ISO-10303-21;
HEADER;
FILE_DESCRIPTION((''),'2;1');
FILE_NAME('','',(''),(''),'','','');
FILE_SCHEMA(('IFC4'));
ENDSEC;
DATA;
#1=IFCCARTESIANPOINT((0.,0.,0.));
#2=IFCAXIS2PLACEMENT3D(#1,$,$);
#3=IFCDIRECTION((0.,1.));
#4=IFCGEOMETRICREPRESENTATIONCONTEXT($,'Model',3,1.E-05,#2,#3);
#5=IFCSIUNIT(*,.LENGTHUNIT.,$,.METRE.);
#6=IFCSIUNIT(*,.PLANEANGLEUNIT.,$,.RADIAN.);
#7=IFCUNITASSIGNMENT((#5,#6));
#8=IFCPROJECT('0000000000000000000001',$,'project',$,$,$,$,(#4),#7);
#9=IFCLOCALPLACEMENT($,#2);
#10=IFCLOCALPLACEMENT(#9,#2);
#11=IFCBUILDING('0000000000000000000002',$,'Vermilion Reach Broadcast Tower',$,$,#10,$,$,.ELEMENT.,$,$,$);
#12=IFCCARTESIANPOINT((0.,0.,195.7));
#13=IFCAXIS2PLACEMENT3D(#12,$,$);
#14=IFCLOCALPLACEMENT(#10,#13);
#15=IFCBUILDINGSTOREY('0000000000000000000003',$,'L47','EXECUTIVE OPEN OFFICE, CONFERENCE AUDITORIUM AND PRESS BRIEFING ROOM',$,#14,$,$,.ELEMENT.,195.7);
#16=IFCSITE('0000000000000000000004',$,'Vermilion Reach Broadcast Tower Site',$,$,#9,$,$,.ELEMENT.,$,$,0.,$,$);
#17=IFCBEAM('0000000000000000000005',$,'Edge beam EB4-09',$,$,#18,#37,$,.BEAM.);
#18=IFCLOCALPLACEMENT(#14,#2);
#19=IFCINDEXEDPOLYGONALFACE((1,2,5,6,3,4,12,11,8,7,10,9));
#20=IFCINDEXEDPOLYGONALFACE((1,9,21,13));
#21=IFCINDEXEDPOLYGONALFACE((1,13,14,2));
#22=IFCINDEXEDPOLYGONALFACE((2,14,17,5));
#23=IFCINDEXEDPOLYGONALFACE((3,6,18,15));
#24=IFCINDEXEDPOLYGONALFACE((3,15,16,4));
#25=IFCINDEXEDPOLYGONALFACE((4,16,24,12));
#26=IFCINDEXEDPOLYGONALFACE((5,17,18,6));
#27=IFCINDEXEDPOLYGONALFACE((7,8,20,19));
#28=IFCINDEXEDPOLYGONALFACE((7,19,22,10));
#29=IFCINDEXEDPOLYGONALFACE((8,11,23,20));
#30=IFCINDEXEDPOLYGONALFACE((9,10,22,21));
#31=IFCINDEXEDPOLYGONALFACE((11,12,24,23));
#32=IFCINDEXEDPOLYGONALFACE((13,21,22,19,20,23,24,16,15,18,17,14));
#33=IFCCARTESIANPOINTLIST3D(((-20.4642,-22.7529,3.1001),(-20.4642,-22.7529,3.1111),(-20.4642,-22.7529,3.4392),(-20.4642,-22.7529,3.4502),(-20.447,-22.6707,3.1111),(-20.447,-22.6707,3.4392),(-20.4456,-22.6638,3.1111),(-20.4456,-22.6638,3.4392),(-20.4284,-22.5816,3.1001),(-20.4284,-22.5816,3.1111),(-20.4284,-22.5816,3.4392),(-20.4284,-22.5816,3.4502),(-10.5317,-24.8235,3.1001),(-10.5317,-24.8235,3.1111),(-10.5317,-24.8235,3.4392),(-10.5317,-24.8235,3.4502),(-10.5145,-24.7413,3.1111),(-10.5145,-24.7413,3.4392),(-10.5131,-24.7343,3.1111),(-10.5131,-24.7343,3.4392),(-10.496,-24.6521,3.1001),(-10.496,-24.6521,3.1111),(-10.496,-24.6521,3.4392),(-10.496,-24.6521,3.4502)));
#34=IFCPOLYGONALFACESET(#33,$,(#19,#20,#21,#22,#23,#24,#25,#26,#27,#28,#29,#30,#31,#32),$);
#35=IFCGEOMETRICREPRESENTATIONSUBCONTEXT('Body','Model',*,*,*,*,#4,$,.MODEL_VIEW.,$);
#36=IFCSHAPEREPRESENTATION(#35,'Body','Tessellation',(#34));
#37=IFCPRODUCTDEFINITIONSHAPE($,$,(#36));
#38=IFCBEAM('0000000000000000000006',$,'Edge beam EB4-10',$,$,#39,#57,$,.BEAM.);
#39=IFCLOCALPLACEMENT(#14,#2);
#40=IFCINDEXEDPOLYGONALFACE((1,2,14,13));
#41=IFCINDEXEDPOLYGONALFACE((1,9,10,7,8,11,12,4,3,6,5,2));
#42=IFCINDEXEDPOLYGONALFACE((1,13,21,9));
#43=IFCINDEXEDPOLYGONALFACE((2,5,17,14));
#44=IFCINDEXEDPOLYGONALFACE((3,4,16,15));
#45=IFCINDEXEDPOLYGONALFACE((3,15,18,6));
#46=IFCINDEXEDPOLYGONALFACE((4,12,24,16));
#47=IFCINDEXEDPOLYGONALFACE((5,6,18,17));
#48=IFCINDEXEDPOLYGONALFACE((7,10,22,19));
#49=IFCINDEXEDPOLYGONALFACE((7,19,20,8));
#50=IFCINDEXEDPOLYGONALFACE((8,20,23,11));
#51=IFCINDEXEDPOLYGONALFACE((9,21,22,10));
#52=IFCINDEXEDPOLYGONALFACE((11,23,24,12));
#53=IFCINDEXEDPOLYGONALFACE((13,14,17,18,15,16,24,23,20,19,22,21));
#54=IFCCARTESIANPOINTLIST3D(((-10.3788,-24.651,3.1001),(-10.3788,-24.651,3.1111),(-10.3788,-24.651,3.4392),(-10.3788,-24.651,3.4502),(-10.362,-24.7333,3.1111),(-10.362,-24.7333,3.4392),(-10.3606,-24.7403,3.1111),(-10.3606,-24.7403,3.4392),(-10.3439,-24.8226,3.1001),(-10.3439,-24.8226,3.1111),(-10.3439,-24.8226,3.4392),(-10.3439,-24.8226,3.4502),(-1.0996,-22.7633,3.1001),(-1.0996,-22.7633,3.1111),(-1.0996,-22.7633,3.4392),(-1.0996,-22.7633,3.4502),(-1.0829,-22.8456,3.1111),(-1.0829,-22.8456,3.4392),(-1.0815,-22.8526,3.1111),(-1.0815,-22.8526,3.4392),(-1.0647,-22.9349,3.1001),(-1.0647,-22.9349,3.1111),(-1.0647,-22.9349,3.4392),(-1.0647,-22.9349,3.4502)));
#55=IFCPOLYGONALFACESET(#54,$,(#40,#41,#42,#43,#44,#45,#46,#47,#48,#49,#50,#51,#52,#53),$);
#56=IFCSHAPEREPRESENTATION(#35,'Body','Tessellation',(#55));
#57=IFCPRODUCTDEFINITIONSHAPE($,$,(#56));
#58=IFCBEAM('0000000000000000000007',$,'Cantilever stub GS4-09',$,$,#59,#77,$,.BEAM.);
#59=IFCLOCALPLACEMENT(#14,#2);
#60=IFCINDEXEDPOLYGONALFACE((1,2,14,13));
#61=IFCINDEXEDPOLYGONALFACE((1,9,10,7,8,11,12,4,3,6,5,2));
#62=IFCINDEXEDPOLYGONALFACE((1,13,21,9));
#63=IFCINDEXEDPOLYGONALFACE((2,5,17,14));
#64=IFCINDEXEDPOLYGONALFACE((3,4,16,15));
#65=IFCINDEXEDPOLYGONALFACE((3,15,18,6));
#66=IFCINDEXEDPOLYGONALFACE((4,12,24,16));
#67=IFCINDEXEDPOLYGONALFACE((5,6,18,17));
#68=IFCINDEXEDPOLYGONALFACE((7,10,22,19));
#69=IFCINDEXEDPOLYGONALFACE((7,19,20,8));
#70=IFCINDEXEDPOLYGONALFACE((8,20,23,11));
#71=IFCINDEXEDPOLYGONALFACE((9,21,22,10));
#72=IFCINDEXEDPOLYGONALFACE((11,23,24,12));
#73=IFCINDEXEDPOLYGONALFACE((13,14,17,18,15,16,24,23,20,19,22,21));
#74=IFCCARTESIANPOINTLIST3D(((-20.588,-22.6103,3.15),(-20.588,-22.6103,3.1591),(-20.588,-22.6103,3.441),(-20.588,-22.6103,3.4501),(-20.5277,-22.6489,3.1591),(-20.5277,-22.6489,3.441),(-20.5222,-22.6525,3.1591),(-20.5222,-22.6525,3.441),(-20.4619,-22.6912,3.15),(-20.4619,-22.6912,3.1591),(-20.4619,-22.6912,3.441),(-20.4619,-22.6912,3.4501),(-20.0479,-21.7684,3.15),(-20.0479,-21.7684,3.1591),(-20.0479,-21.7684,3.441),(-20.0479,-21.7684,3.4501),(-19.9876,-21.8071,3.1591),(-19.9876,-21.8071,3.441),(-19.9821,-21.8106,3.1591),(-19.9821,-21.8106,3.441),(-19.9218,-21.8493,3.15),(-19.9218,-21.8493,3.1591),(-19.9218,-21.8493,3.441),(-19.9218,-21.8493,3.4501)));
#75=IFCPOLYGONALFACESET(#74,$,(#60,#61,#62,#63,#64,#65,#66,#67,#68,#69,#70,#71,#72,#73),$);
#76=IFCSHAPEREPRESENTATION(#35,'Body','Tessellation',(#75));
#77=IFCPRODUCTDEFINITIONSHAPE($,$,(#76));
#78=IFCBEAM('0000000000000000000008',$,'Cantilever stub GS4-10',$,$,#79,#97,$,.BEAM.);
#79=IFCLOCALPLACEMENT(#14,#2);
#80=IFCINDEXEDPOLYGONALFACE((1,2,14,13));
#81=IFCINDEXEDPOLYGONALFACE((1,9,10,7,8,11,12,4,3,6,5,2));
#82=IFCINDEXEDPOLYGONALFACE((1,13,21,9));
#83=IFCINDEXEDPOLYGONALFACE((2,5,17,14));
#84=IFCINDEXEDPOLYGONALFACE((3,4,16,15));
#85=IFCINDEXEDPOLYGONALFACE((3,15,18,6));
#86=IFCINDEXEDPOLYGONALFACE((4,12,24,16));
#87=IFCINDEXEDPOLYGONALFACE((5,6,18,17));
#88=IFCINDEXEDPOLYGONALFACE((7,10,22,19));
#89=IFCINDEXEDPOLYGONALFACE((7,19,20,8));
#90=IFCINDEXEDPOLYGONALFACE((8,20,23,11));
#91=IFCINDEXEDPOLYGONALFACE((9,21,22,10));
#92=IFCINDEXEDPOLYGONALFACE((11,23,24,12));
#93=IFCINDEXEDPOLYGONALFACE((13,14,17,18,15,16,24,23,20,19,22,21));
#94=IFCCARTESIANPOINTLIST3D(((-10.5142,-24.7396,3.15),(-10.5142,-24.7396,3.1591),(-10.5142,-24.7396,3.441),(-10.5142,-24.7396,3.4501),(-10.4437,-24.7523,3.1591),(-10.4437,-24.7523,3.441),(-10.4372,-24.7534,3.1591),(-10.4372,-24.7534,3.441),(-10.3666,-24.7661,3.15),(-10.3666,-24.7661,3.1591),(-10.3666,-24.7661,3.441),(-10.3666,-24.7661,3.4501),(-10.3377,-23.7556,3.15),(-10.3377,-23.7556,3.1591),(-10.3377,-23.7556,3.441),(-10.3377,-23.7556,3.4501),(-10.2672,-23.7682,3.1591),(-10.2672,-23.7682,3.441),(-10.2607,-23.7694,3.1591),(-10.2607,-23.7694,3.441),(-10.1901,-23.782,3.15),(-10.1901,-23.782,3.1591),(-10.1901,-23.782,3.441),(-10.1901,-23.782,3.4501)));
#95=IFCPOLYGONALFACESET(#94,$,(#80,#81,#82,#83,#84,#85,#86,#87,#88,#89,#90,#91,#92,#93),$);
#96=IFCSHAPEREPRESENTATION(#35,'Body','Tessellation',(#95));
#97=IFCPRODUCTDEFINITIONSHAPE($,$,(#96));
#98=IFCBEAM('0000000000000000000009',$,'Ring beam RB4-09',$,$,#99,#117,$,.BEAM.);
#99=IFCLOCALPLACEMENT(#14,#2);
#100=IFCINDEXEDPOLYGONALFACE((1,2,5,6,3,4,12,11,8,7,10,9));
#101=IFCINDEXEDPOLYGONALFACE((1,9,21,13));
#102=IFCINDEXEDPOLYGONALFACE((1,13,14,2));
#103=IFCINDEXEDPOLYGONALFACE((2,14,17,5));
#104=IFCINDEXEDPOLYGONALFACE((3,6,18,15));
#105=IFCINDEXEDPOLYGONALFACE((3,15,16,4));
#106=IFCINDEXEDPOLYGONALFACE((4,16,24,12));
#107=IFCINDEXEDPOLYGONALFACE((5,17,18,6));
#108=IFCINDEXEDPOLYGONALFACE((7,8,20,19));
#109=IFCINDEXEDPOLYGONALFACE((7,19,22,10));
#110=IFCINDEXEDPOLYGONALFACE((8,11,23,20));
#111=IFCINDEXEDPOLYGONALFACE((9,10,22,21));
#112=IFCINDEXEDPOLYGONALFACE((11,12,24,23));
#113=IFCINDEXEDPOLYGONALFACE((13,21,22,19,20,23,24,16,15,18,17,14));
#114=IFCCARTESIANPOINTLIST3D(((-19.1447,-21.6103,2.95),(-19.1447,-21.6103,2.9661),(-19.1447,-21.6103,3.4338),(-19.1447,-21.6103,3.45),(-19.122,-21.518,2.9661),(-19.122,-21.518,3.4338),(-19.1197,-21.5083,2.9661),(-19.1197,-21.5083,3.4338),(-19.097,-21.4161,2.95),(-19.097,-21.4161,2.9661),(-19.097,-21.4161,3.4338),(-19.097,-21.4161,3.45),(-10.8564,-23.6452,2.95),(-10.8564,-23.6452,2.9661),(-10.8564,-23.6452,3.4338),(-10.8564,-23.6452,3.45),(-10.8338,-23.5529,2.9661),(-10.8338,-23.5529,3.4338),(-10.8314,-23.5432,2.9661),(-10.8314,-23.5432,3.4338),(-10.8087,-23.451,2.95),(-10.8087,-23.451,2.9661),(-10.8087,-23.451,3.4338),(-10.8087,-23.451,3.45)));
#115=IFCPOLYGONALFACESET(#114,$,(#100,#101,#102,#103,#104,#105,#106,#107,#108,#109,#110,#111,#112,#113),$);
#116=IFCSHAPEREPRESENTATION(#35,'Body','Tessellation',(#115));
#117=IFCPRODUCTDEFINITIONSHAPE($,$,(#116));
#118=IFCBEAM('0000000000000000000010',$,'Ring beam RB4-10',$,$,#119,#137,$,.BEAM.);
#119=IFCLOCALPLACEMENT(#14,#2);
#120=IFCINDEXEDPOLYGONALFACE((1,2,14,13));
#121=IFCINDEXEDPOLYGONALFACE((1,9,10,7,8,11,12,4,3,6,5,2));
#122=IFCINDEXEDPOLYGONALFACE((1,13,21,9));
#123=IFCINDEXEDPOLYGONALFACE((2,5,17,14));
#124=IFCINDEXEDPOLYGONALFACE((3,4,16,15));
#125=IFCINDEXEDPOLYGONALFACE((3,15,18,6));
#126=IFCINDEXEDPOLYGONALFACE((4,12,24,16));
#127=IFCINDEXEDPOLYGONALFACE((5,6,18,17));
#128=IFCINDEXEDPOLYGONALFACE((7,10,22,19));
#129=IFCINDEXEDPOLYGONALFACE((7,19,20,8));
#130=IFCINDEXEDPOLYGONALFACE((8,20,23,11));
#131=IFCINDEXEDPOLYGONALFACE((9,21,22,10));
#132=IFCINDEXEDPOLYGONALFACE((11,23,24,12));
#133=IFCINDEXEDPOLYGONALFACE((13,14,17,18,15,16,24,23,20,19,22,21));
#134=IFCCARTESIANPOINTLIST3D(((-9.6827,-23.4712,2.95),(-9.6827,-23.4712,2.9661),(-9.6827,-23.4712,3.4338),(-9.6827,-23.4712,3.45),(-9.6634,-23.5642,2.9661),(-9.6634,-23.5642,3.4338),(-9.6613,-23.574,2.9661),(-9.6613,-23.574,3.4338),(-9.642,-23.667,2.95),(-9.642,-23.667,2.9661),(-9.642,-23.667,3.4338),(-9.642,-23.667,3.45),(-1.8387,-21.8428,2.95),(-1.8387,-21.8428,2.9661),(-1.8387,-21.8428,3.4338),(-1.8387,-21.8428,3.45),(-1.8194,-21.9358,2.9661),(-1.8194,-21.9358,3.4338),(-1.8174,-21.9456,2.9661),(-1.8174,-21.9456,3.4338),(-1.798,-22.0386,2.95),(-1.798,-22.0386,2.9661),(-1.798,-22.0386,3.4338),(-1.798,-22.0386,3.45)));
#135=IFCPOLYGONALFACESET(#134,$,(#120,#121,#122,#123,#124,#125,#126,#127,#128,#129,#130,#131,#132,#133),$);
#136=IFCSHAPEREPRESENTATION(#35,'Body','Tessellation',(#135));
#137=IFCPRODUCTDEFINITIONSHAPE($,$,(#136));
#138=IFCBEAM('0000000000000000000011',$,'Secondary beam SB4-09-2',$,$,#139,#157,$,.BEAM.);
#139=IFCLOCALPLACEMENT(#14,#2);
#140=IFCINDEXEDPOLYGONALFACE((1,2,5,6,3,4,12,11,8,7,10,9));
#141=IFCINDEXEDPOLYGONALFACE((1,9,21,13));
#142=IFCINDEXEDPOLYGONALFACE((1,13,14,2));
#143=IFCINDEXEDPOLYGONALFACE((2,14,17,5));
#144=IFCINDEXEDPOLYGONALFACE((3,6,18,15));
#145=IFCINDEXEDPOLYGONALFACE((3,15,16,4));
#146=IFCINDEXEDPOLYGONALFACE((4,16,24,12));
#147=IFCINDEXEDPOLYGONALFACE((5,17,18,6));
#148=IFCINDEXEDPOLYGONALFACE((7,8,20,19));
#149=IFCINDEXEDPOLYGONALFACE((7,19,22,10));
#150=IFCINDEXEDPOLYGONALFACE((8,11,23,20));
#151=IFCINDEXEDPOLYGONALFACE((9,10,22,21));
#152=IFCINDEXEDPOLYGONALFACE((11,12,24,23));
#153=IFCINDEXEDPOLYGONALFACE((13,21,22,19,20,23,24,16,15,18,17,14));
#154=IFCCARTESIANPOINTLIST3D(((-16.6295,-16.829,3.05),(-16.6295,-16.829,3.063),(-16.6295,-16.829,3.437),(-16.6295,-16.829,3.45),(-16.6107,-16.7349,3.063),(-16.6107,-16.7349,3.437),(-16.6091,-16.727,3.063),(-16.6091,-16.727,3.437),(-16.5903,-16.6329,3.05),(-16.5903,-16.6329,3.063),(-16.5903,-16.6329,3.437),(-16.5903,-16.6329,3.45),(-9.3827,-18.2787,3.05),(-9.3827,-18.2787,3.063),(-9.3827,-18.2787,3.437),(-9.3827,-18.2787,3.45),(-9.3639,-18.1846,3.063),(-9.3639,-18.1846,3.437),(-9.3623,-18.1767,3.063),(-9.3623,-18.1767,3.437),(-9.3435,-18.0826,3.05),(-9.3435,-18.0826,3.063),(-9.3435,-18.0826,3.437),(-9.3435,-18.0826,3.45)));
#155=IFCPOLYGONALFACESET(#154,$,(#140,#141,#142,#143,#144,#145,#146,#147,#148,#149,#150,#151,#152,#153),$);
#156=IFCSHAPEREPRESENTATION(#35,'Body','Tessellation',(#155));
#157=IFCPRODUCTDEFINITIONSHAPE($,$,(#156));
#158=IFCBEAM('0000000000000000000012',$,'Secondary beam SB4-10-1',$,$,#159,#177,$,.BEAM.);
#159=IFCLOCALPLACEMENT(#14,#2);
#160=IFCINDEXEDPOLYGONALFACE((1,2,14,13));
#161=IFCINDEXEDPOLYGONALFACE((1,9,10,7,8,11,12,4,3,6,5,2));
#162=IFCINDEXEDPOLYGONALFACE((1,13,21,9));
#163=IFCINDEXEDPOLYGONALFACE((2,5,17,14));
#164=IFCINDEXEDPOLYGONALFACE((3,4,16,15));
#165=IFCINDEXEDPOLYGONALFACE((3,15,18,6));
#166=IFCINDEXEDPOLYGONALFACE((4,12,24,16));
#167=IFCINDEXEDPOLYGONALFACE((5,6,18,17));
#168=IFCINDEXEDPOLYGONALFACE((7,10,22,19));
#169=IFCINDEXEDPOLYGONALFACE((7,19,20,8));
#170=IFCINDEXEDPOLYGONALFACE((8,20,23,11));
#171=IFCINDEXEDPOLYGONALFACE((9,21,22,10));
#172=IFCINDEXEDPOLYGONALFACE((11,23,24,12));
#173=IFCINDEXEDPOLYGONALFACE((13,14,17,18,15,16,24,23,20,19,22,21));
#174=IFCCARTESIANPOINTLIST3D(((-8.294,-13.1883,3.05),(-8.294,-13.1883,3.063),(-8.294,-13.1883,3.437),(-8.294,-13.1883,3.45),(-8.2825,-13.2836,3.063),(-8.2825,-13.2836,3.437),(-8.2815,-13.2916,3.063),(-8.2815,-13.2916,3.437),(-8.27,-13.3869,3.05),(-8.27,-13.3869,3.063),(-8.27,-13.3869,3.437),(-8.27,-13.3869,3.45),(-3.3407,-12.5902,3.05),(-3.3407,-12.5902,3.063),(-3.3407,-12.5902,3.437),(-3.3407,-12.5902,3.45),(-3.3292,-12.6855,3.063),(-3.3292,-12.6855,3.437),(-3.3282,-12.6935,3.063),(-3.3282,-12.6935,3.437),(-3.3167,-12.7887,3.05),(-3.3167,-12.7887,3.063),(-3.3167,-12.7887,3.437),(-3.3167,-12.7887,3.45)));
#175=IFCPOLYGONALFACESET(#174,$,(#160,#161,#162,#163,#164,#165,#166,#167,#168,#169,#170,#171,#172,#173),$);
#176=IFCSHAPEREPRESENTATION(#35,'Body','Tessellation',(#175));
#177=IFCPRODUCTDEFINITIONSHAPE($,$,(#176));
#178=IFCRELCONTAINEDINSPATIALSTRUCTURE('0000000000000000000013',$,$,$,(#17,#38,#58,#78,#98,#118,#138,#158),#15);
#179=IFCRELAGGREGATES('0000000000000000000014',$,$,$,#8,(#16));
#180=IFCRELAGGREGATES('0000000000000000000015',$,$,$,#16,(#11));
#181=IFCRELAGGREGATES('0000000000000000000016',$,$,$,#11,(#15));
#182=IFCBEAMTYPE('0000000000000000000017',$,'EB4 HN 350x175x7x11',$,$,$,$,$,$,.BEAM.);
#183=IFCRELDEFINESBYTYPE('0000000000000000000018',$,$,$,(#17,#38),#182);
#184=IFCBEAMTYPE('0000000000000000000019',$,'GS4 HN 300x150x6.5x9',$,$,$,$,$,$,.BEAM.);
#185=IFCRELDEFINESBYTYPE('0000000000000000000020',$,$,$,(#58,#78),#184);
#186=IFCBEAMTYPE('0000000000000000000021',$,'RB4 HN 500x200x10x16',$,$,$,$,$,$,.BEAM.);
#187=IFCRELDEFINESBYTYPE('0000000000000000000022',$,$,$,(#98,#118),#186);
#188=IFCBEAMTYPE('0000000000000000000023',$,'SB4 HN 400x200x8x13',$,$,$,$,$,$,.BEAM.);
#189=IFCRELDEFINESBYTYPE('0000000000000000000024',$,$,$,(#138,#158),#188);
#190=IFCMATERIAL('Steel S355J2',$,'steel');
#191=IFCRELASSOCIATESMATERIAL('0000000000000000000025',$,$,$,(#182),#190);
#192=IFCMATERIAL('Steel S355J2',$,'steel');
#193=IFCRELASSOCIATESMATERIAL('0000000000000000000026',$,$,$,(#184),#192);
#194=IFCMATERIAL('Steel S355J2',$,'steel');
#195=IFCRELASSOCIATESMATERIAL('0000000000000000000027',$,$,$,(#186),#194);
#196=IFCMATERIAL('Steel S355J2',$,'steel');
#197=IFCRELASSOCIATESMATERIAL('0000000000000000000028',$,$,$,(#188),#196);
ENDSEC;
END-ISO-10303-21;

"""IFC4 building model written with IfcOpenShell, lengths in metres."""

from ifc_helpers import new_model, si_unit, direction, frame, origin, origin_2d, place, context, subcontext, project, spatial, i_section, extrude, material, material_profile, profile_set, type_object, element, save


model = new_model("IFC4")

# Units and contexts
model_context = context("Model", 3, precision=1e-05, world=origin(), true_north=direction((0.0, 1.0)))
body_context = subcontext(model_context, "Body", "Model", "MODEL_VIEW")
ifc_project = project(units=[si_unit("LENGTHUNIT", "METRE"), si_unit("PLANEANGLEUNIT", "RADIAN")], contexts=[model_context])

# Site, building, storey
site_placement = place(None, origin())
site = spatial("IfcSite", under=ifc_project, at=site_placement, Name="Vermilion Reach Broadcast Tower Site", CompositionType="ELEMENT", RefElevation=0.0)
building_placement = place(site_placement, origin())
building = spatial("IfcBuilding", under=site, at=building_placement, Name="Vermilion Reach Broadcast Tower", CompositionType="ELEMENT")
storey_placement = place(building_placement, frame((0.0, 0.0, 195.7)))
storey = spatial("IfcBuildingStorey", under=building, at=storey_placement, Name="L47", Description="EXECUTIVE OPEN OFFICE, CONFERENCE AUDITORIUM AND PRESS BRIEFING ROOM", CompositionType="ELEMENT", Elevation=195.7)

# Beams
ifc_material_1 = material(Name="Steel S355J2", Category="steel")
ifc_material_profile_1 = material_profile(ifc_material_1, i_section(OverallWidth=0.175, OverallDepth=0.3501, WebThickness=0.0071, FlangeThickness=0.011, at=origin_2d()), Name="S355J2 HN 350x175x7x11")
ifc_profile_set_1 = profile_set([ifc_material_profile_1], Name="Steel S355J2")
beam_type_1 = type_object("IfcBeamType", Name="EB4 HN 350x175x7x11", PredefinedType="BEAM", material=ifc_profile_set_1)
beam_1_placement = place(storey_placement, frame((-20.4463, -22.6672, 3.2751), z_axis=(0.978955, -0.204078, 0.0), x_axis=(0.204078, 0.978955, 0.0)))
element("IfcBeam", 1, at=beam_1_placement, inside=storey, type_object=beam_type_1, Name="Edge beam EB4-09", PredefinedType="BEAM", context=body_context, shape_type="SweptSolid", body=[
    extrude(i_section(OverallWidth=0.175, OverallDepth=0.3501, WebThickness=0.0071, FlangeThickness=0.011, at=origin_2d()), origin(), (0.0, 0.0, 1.0), 10.146),
])
beam_2_placement = place(storey_placement, frame((-10.3613, -24.7368, 3.2751), z_axis=(0.979928, 0.199353, 0.0), x_axis=(-0.199353, 0.979928, 0.0)))
element("IfcBeam", 2, at=beam_2_placement, inside=storey, type_object=beam_type_1, Name="Edge beam EB4-10", PredefinedType="BEAM", context=body_context, shape_type="SweptSolid", body=[
    extrude(i_section(OverallWidth=0.175, OverallDepth=0.3501, WebThickness=0.0071, FlangeThickness=0.011, at=origin_2d()), origin(), (0.0, 0.0, 1.0), 9.4692),
])
ifc_material_2 = material(Name="Steel S355J2", Category="steel")
ifc_material_profile_2 = material_profile(ifc_material_2, i_section(OverallWidth=0.1499, OverallDepth=0.3, WebThickness=0.0066, FlangeThickness=0.009, at=origin_2d()), Name="S355J2 HN 300x150x6.5x9")
ifc_profile_set_2 = profile_set([ifc_material_profile_2], Name="Steel S355J2")
beam_type_2 = type_object("IfcBeamType", Name="GS4 HN 300x150x6.5x9", PredefinedType="BEAM", material=ifc_profile_set_2)
beam_3_placement = place(storey_placement, frame((-19.9849, -21.8088, 3.3), z_axis=(-0.539968, -0.841686, 0.0), x_axis=(0.841686, -0.539968, 0.0)))
element("IfcBeam", 3, at=beam_3_placement, inside=storey, type_object=beam_type_2, Name="Cantilever stub GS4-09", PredefinedType="BEAM", context=body_context, shape_type="SweptSolid", body=[
    extrude(i_section(OverallWidth=0.1499, OverallDepth=0.3, WebThickness=0.0066, FlangeThickness=0.009, at=origin_2d()), origin(), (0.0, 0.0, 1.0), 1.0002),
])
beam_4_placement = place(storey_placement, frame((-10.2639, -23.7688, 3.3), z_axis=(-0.176543, -0.984293, 0.0), x_axis=(0.984293, -0.176543, 0.0)))
element("IfcBeam", 4, at=beam_4_placement, inside=storey, type_object=beam_type_2, Name="Cantilever stub GS4-10", PredefinedType="BEAM", context=body_context, shape_type="SweptSolid", body=[
    extrude(i_section(OverallWidth=0.1499, OverallDepth=0.3, WebThickness=0.0066, FlangeThickness=0.009, at=origin_2d()), origin(), (0.0, 0.0, 1.0), 0.9998),
])
ifc_material_3 = material(Name="Steel S355J2", Category="steel")
ifc_material_profile_3 = material_profile(ifc_material_3, i_section(OverallWidth=0.2, OverallDepth=0.5, WebThickness=0.01, FlangeThickness=0.0161, at=origin_2d()), Name="S355J2 HN 500x200x10x16")
ifc_profile_set_3 = profile_set([ifc_material_profile_3], Name="Steel S355J2")
beam_type_3 = type_object("IfcBeamType", Name="RB4 HN 500x200x10x16", PredefinedType="BEAM", material=ifc_profile_set_3)
beam_5_placement = place(storey_placement, frame((-19.1208, -21.5132, 3.2), z_axis=(0.971159, -0.238434, 0.0), x_axis=(0.238434, 0.971159, 0.0)))
element("IfcBeam", 5, at=beam_5_placement, inside=storey, type_object=beam_type_3, Name="Ring beam RB4-09", PredefinedType="BEAM", context=body_context, shape_type="SweptSolid", body=[
    extrude(i_section(OverallWidth=0.2, OverallDepth=0.5, WebThickness=0.01, FlangeThickness=0.0161, at=origin_2d()), origin(), (0.0, 0.0, 1.0), 8.5344),
])
beam_6_placement = place(storey_placement, frame((-9.6624, -23.5691, 3.2), z_axis=(0.979123, 0.203267, 0.0), x_axis=(-0.203267, 0.979123, 0.0)))
element("IfcBeam", 6, at=beam_6_placement, inside=storey, type_object=beam_type_3, Name="Ring beam RB4-10", PredefinedType="BEAM", context=body_context, shape_type="SweptSolid", body=[
    extrude(i_section(OverallWidth=0.2, OverallDepth=0.5, WebThickness=0.01, FlangeThickness=0.0161, at=origin_2d()), origin(), (0.0, 0.0, 1.0), 8.0112),
])
ifc_material_4 = material(Name="Steel S355J2", Category="steel")
ifc_material_profile_4 = material_profile(ifc_material_4, i_section(OverallWidth=0.2, OverallDepth=0.3999, WebThickness=0.0081, FlangeThickness=0.0129, at=origin_2d()), Name="S355J2 HN 400x200x8x13")
ifc_profile_set_4 = profile_set([ifc_material_profile_4], Name="Steel S355J2")
beam_type_4 = type_object("IfcBeamType", Name="SB4 HN 400x200x8x13", PredefinedType="BEAM", material=ifc_profile_set_4)
beam_7_placement = place(storey_placement, frame((-16.6099, -16.731, 3.25), z_axis=(0.980572, -0.196161, 0.0), x_axis=(0.196161, 0.980572, 0.0)))
element("IfcBeam", 7, at=beam_7_placement, inside=storey, type_object=beam_type_4, Name="Secondary beam SB4-09-2", PredefinedType="BEAM", context=body_context, shape_type="SweptSolid", body=[
    extrude(i_section(OverallWidth=0.2, OverallDepth=0.3999, WebThickness=0.0081, FlangeThickness=0.0129, at=origin_2d()), origin(), (0.0, 0.0, 1.0), 7.3904),
])
beam_8_placement = place(storey_placement, frame((-8.282, -13.2876, 3.25), z_axis=(0.992788, 0.119884, 0.0), x_axis=(-0.119884, 0.992788, 0.0)))
element("IfcBeam", 8, at=beam_8_placement, inside=storey, type_object=beam_type_4, Name="Secondary beam SB4-10-1", PredefinedType="BEAM", context=body_context, shape_type="SweptSolid", body=[
    extrude(i_section(OverallWidth=0.2, OverallDepth=0.3999, WebThickness=0.0081, FlangeThickness=0.0129, at=origin_2d()), origin(), (0.0, 0.0, 1.0), 4.9893),
])

save(model, "model.ifc")
